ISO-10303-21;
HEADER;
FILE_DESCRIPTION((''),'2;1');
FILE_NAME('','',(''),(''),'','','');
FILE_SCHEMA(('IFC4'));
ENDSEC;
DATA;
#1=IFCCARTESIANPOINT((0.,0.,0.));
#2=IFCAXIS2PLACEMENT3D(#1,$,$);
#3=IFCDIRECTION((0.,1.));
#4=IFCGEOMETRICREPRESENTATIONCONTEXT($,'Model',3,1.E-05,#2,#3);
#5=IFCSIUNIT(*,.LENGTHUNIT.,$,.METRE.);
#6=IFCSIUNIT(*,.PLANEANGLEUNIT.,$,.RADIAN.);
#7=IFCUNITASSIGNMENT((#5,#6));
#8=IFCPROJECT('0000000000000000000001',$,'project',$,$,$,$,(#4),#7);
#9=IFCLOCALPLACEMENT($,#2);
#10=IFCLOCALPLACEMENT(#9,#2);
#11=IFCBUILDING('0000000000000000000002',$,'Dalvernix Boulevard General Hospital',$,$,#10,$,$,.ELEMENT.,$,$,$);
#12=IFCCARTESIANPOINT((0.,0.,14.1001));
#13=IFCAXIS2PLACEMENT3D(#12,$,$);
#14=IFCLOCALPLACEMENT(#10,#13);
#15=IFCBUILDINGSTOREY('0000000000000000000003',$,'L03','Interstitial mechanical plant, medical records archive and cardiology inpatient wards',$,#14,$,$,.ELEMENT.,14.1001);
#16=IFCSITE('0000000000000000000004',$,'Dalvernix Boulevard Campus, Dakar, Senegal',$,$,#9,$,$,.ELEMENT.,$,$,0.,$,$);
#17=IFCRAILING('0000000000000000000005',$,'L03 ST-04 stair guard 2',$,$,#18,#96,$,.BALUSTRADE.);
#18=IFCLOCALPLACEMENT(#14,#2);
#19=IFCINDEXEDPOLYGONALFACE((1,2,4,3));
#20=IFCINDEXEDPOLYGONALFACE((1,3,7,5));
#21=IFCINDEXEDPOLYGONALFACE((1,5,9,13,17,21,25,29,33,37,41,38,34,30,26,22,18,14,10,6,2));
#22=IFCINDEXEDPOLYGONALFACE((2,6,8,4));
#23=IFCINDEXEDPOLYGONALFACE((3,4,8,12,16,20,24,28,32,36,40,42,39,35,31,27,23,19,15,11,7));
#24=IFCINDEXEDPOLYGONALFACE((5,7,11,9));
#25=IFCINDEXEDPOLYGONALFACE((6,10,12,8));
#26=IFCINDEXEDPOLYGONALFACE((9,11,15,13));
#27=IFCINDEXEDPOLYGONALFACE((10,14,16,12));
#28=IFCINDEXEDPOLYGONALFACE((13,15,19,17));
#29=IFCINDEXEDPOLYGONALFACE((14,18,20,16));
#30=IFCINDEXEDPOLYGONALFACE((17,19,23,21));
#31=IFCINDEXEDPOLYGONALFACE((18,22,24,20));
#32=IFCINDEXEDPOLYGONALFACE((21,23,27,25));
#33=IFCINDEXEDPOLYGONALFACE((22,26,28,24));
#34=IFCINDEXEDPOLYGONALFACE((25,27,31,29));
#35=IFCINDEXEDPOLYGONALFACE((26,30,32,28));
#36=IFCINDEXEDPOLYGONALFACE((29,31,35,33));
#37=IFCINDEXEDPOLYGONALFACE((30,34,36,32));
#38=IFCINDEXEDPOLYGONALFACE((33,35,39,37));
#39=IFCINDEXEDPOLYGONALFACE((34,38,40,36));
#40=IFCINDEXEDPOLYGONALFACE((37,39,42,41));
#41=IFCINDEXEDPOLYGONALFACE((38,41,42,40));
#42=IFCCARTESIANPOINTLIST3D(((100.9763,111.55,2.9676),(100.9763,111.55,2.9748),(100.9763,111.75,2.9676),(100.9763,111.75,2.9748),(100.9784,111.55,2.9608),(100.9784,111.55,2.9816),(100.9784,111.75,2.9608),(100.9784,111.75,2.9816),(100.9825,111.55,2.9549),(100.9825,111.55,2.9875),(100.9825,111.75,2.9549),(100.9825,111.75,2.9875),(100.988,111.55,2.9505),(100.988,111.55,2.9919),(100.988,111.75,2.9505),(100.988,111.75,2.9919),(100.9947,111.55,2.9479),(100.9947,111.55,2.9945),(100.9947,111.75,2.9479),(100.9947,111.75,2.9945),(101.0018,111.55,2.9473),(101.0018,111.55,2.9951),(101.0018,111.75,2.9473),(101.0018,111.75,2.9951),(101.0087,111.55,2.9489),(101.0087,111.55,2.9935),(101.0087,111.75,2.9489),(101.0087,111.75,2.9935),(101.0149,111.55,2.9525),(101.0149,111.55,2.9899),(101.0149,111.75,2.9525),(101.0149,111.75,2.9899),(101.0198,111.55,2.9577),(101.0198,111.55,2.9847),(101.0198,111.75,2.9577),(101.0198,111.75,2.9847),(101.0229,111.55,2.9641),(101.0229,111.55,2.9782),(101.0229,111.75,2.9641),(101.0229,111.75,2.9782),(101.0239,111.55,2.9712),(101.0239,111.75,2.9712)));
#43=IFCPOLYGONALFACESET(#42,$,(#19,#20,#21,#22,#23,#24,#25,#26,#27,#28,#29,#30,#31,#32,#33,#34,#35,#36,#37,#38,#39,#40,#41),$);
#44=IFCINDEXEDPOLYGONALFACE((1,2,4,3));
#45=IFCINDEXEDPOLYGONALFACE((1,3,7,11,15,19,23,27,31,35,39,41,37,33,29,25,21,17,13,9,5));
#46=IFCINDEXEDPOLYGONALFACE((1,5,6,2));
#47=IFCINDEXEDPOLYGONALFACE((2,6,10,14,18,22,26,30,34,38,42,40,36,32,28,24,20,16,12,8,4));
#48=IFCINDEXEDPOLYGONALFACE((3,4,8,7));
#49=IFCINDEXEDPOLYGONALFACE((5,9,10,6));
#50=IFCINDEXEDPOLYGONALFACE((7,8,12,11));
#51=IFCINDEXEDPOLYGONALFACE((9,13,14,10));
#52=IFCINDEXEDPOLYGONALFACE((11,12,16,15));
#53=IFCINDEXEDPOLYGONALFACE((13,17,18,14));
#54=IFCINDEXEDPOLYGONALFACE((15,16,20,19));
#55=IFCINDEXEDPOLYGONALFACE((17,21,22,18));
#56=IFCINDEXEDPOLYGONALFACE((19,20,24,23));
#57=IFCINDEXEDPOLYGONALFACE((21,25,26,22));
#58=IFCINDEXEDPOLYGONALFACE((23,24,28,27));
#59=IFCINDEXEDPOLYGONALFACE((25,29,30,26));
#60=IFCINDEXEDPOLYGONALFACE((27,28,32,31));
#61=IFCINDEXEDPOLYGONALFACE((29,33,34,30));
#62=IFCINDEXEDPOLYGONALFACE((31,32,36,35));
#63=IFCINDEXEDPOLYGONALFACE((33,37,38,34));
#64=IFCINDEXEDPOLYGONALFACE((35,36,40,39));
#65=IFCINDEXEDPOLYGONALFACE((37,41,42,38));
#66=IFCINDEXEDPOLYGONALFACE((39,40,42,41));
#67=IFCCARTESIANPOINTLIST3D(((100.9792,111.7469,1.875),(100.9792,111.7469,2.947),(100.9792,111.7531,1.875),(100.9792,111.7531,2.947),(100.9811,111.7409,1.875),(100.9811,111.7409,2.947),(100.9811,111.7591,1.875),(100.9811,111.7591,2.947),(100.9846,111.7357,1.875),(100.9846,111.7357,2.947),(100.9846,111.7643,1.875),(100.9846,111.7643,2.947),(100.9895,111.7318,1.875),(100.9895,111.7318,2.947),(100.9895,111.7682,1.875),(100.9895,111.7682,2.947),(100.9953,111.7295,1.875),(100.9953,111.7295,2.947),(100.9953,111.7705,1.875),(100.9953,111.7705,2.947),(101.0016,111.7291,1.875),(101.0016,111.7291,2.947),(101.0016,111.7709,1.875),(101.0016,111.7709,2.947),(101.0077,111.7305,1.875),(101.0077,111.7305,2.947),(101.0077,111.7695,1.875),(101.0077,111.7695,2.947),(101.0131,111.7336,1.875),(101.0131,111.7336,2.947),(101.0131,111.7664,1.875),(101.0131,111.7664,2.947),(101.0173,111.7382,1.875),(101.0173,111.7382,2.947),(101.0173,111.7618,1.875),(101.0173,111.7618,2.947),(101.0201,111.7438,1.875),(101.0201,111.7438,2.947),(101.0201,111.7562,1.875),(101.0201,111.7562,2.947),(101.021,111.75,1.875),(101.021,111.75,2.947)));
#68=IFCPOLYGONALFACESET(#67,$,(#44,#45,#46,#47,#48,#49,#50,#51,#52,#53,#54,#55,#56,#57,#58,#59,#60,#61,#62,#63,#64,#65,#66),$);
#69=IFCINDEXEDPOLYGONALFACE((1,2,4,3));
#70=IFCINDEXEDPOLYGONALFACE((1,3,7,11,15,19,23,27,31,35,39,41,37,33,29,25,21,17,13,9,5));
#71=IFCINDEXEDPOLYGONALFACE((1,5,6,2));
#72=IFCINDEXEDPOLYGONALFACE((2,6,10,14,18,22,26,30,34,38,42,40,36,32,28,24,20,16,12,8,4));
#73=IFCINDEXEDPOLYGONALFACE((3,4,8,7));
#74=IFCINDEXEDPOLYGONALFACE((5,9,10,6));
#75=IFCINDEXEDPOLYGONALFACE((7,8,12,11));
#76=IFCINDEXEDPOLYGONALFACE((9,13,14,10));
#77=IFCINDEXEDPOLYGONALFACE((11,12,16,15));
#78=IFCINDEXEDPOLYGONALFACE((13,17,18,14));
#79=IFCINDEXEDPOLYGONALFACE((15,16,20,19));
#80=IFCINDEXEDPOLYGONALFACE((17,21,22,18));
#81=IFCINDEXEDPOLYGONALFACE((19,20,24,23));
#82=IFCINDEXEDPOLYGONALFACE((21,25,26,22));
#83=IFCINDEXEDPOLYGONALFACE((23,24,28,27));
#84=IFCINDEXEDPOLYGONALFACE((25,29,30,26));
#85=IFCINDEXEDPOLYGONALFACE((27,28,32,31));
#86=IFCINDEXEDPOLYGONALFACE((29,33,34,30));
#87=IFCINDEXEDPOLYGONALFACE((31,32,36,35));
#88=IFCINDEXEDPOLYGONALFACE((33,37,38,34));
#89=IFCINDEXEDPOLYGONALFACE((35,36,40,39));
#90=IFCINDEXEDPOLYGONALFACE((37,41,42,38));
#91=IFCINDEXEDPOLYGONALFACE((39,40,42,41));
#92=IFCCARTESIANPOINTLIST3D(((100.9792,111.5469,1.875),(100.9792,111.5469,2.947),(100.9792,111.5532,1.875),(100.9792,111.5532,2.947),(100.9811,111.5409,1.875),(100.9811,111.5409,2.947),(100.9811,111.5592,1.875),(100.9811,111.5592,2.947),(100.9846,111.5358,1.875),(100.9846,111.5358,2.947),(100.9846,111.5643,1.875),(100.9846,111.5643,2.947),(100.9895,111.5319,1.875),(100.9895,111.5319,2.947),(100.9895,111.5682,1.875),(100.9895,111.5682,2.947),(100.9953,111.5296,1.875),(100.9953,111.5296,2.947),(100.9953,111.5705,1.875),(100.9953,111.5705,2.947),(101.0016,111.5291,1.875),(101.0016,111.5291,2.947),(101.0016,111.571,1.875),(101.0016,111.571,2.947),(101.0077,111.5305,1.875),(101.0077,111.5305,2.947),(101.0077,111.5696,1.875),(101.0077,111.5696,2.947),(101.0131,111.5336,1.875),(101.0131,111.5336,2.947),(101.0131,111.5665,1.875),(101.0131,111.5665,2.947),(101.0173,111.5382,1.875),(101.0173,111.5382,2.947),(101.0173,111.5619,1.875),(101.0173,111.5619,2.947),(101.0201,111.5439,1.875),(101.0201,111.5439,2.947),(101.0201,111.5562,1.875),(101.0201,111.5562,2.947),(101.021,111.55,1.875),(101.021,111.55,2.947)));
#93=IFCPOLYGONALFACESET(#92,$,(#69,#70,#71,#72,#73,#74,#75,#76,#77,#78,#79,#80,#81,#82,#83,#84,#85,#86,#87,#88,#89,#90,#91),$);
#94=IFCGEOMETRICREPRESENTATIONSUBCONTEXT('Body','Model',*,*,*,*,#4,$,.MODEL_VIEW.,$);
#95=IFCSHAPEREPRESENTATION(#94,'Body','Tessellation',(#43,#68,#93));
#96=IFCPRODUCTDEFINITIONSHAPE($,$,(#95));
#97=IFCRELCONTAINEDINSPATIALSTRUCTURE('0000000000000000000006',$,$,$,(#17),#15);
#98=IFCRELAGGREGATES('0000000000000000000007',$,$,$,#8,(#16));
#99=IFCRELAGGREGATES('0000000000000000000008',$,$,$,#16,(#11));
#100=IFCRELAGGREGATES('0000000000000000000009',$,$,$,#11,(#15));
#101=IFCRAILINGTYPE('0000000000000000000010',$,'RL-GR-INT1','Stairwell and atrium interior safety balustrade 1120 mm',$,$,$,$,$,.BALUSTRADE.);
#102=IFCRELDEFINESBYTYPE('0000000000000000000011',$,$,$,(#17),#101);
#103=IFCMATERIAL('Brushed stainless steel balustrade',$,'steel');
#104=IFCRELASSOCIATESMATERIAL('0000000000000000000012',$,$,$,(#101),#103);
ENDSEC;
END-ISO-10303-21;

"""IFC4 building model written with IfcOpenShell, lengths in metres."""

from ifc_helpers import new_model, si_unit, direction, frame, origin, origin_2d, place, context, subcontext, project, spatial, circle, extrude, material, type_object, element, save


model = new_model("IFC4")

# Units and contexts
model_context = context("Model", 3, precision=1e-05, world=origin(), true_north=direction((0.0, 1.0)))
body_context = subcontext(model_context, "Body", "Model", "MODEL_VIEW")
ifc_project = project(units=[si_unit("LENGTHUNIT", "METRE"), si_unit("PLANEANGLEUNIT", "RADIAN")], contexts=[model_context])

# Site, building, storey
site_placement = place(None, origin())
site = spatial("IfcSite", under=ifc_project, at=site_placement, Name="Dalvernix Boulevard Campus, Dakar, Senegal", CompositionType="ELEMENT", RefElevation=0.0)
building_placement = place(site_placement, origin())
building = spatial("IfcBuilding", under=site, at=building_placement, Name="Dalvernix Boulevard General Hospital", CompositionType="ELEMENT")
storey_placement = place(building_placement, frame((0.0, 0.0, 14.1001)))
storey = spatial("IfcBuildingStorey", under=building, at=storey_placement, Name="L03", Description="Interstitial mechanical plant, medical records archive and cardiology inpatient wards", CompositionType="ELEMENT", Elevation=14.1001)

# Railing
ifc_material_1 = material(Name="Brushed stainless steel balustrade", Category="steel")
railing_type_1 = type_object("IfcRailingType", Name="RL-GR-INT1", Description="Stairwell and atrium interior safety balustrade 1120 mm", PredefinedType="BALUSTRADE", material=ifc_material_1)
railing_1_placement = place(storey_placement, frame((101.0, 111.75, 1.875)))
element("IfcRailing", 1, at=railing_1_placement, inside=storey, type_object=railing_type_1, Name="L03 ST-04 stair guard 2", PredefinedType="BALUSTRADE", context=body_context, shape_type="SweptSolid", body=[
    extrude(circle(Radius=0.0239, at=origin_2d()), frame((0.0, 0.0, 1.0962), z_axis=(0.0, -1.0, 0.0), x_axis=(1.0, 0.0, 0.0)), (0.0, 0.0, 1.0), 0.2),
    extrude(circle(Radius=0.021, at=origin_2d()), origin(), (0.0, 0.0, 1.0), 1.072),
    extrude(circle(Radius=0.021, at=origin_2d()), frame((0.0, -0.2, 0.0)), (0.0, 0.0, 1.0), 1.072),
])

save(model, "model.ifc")
